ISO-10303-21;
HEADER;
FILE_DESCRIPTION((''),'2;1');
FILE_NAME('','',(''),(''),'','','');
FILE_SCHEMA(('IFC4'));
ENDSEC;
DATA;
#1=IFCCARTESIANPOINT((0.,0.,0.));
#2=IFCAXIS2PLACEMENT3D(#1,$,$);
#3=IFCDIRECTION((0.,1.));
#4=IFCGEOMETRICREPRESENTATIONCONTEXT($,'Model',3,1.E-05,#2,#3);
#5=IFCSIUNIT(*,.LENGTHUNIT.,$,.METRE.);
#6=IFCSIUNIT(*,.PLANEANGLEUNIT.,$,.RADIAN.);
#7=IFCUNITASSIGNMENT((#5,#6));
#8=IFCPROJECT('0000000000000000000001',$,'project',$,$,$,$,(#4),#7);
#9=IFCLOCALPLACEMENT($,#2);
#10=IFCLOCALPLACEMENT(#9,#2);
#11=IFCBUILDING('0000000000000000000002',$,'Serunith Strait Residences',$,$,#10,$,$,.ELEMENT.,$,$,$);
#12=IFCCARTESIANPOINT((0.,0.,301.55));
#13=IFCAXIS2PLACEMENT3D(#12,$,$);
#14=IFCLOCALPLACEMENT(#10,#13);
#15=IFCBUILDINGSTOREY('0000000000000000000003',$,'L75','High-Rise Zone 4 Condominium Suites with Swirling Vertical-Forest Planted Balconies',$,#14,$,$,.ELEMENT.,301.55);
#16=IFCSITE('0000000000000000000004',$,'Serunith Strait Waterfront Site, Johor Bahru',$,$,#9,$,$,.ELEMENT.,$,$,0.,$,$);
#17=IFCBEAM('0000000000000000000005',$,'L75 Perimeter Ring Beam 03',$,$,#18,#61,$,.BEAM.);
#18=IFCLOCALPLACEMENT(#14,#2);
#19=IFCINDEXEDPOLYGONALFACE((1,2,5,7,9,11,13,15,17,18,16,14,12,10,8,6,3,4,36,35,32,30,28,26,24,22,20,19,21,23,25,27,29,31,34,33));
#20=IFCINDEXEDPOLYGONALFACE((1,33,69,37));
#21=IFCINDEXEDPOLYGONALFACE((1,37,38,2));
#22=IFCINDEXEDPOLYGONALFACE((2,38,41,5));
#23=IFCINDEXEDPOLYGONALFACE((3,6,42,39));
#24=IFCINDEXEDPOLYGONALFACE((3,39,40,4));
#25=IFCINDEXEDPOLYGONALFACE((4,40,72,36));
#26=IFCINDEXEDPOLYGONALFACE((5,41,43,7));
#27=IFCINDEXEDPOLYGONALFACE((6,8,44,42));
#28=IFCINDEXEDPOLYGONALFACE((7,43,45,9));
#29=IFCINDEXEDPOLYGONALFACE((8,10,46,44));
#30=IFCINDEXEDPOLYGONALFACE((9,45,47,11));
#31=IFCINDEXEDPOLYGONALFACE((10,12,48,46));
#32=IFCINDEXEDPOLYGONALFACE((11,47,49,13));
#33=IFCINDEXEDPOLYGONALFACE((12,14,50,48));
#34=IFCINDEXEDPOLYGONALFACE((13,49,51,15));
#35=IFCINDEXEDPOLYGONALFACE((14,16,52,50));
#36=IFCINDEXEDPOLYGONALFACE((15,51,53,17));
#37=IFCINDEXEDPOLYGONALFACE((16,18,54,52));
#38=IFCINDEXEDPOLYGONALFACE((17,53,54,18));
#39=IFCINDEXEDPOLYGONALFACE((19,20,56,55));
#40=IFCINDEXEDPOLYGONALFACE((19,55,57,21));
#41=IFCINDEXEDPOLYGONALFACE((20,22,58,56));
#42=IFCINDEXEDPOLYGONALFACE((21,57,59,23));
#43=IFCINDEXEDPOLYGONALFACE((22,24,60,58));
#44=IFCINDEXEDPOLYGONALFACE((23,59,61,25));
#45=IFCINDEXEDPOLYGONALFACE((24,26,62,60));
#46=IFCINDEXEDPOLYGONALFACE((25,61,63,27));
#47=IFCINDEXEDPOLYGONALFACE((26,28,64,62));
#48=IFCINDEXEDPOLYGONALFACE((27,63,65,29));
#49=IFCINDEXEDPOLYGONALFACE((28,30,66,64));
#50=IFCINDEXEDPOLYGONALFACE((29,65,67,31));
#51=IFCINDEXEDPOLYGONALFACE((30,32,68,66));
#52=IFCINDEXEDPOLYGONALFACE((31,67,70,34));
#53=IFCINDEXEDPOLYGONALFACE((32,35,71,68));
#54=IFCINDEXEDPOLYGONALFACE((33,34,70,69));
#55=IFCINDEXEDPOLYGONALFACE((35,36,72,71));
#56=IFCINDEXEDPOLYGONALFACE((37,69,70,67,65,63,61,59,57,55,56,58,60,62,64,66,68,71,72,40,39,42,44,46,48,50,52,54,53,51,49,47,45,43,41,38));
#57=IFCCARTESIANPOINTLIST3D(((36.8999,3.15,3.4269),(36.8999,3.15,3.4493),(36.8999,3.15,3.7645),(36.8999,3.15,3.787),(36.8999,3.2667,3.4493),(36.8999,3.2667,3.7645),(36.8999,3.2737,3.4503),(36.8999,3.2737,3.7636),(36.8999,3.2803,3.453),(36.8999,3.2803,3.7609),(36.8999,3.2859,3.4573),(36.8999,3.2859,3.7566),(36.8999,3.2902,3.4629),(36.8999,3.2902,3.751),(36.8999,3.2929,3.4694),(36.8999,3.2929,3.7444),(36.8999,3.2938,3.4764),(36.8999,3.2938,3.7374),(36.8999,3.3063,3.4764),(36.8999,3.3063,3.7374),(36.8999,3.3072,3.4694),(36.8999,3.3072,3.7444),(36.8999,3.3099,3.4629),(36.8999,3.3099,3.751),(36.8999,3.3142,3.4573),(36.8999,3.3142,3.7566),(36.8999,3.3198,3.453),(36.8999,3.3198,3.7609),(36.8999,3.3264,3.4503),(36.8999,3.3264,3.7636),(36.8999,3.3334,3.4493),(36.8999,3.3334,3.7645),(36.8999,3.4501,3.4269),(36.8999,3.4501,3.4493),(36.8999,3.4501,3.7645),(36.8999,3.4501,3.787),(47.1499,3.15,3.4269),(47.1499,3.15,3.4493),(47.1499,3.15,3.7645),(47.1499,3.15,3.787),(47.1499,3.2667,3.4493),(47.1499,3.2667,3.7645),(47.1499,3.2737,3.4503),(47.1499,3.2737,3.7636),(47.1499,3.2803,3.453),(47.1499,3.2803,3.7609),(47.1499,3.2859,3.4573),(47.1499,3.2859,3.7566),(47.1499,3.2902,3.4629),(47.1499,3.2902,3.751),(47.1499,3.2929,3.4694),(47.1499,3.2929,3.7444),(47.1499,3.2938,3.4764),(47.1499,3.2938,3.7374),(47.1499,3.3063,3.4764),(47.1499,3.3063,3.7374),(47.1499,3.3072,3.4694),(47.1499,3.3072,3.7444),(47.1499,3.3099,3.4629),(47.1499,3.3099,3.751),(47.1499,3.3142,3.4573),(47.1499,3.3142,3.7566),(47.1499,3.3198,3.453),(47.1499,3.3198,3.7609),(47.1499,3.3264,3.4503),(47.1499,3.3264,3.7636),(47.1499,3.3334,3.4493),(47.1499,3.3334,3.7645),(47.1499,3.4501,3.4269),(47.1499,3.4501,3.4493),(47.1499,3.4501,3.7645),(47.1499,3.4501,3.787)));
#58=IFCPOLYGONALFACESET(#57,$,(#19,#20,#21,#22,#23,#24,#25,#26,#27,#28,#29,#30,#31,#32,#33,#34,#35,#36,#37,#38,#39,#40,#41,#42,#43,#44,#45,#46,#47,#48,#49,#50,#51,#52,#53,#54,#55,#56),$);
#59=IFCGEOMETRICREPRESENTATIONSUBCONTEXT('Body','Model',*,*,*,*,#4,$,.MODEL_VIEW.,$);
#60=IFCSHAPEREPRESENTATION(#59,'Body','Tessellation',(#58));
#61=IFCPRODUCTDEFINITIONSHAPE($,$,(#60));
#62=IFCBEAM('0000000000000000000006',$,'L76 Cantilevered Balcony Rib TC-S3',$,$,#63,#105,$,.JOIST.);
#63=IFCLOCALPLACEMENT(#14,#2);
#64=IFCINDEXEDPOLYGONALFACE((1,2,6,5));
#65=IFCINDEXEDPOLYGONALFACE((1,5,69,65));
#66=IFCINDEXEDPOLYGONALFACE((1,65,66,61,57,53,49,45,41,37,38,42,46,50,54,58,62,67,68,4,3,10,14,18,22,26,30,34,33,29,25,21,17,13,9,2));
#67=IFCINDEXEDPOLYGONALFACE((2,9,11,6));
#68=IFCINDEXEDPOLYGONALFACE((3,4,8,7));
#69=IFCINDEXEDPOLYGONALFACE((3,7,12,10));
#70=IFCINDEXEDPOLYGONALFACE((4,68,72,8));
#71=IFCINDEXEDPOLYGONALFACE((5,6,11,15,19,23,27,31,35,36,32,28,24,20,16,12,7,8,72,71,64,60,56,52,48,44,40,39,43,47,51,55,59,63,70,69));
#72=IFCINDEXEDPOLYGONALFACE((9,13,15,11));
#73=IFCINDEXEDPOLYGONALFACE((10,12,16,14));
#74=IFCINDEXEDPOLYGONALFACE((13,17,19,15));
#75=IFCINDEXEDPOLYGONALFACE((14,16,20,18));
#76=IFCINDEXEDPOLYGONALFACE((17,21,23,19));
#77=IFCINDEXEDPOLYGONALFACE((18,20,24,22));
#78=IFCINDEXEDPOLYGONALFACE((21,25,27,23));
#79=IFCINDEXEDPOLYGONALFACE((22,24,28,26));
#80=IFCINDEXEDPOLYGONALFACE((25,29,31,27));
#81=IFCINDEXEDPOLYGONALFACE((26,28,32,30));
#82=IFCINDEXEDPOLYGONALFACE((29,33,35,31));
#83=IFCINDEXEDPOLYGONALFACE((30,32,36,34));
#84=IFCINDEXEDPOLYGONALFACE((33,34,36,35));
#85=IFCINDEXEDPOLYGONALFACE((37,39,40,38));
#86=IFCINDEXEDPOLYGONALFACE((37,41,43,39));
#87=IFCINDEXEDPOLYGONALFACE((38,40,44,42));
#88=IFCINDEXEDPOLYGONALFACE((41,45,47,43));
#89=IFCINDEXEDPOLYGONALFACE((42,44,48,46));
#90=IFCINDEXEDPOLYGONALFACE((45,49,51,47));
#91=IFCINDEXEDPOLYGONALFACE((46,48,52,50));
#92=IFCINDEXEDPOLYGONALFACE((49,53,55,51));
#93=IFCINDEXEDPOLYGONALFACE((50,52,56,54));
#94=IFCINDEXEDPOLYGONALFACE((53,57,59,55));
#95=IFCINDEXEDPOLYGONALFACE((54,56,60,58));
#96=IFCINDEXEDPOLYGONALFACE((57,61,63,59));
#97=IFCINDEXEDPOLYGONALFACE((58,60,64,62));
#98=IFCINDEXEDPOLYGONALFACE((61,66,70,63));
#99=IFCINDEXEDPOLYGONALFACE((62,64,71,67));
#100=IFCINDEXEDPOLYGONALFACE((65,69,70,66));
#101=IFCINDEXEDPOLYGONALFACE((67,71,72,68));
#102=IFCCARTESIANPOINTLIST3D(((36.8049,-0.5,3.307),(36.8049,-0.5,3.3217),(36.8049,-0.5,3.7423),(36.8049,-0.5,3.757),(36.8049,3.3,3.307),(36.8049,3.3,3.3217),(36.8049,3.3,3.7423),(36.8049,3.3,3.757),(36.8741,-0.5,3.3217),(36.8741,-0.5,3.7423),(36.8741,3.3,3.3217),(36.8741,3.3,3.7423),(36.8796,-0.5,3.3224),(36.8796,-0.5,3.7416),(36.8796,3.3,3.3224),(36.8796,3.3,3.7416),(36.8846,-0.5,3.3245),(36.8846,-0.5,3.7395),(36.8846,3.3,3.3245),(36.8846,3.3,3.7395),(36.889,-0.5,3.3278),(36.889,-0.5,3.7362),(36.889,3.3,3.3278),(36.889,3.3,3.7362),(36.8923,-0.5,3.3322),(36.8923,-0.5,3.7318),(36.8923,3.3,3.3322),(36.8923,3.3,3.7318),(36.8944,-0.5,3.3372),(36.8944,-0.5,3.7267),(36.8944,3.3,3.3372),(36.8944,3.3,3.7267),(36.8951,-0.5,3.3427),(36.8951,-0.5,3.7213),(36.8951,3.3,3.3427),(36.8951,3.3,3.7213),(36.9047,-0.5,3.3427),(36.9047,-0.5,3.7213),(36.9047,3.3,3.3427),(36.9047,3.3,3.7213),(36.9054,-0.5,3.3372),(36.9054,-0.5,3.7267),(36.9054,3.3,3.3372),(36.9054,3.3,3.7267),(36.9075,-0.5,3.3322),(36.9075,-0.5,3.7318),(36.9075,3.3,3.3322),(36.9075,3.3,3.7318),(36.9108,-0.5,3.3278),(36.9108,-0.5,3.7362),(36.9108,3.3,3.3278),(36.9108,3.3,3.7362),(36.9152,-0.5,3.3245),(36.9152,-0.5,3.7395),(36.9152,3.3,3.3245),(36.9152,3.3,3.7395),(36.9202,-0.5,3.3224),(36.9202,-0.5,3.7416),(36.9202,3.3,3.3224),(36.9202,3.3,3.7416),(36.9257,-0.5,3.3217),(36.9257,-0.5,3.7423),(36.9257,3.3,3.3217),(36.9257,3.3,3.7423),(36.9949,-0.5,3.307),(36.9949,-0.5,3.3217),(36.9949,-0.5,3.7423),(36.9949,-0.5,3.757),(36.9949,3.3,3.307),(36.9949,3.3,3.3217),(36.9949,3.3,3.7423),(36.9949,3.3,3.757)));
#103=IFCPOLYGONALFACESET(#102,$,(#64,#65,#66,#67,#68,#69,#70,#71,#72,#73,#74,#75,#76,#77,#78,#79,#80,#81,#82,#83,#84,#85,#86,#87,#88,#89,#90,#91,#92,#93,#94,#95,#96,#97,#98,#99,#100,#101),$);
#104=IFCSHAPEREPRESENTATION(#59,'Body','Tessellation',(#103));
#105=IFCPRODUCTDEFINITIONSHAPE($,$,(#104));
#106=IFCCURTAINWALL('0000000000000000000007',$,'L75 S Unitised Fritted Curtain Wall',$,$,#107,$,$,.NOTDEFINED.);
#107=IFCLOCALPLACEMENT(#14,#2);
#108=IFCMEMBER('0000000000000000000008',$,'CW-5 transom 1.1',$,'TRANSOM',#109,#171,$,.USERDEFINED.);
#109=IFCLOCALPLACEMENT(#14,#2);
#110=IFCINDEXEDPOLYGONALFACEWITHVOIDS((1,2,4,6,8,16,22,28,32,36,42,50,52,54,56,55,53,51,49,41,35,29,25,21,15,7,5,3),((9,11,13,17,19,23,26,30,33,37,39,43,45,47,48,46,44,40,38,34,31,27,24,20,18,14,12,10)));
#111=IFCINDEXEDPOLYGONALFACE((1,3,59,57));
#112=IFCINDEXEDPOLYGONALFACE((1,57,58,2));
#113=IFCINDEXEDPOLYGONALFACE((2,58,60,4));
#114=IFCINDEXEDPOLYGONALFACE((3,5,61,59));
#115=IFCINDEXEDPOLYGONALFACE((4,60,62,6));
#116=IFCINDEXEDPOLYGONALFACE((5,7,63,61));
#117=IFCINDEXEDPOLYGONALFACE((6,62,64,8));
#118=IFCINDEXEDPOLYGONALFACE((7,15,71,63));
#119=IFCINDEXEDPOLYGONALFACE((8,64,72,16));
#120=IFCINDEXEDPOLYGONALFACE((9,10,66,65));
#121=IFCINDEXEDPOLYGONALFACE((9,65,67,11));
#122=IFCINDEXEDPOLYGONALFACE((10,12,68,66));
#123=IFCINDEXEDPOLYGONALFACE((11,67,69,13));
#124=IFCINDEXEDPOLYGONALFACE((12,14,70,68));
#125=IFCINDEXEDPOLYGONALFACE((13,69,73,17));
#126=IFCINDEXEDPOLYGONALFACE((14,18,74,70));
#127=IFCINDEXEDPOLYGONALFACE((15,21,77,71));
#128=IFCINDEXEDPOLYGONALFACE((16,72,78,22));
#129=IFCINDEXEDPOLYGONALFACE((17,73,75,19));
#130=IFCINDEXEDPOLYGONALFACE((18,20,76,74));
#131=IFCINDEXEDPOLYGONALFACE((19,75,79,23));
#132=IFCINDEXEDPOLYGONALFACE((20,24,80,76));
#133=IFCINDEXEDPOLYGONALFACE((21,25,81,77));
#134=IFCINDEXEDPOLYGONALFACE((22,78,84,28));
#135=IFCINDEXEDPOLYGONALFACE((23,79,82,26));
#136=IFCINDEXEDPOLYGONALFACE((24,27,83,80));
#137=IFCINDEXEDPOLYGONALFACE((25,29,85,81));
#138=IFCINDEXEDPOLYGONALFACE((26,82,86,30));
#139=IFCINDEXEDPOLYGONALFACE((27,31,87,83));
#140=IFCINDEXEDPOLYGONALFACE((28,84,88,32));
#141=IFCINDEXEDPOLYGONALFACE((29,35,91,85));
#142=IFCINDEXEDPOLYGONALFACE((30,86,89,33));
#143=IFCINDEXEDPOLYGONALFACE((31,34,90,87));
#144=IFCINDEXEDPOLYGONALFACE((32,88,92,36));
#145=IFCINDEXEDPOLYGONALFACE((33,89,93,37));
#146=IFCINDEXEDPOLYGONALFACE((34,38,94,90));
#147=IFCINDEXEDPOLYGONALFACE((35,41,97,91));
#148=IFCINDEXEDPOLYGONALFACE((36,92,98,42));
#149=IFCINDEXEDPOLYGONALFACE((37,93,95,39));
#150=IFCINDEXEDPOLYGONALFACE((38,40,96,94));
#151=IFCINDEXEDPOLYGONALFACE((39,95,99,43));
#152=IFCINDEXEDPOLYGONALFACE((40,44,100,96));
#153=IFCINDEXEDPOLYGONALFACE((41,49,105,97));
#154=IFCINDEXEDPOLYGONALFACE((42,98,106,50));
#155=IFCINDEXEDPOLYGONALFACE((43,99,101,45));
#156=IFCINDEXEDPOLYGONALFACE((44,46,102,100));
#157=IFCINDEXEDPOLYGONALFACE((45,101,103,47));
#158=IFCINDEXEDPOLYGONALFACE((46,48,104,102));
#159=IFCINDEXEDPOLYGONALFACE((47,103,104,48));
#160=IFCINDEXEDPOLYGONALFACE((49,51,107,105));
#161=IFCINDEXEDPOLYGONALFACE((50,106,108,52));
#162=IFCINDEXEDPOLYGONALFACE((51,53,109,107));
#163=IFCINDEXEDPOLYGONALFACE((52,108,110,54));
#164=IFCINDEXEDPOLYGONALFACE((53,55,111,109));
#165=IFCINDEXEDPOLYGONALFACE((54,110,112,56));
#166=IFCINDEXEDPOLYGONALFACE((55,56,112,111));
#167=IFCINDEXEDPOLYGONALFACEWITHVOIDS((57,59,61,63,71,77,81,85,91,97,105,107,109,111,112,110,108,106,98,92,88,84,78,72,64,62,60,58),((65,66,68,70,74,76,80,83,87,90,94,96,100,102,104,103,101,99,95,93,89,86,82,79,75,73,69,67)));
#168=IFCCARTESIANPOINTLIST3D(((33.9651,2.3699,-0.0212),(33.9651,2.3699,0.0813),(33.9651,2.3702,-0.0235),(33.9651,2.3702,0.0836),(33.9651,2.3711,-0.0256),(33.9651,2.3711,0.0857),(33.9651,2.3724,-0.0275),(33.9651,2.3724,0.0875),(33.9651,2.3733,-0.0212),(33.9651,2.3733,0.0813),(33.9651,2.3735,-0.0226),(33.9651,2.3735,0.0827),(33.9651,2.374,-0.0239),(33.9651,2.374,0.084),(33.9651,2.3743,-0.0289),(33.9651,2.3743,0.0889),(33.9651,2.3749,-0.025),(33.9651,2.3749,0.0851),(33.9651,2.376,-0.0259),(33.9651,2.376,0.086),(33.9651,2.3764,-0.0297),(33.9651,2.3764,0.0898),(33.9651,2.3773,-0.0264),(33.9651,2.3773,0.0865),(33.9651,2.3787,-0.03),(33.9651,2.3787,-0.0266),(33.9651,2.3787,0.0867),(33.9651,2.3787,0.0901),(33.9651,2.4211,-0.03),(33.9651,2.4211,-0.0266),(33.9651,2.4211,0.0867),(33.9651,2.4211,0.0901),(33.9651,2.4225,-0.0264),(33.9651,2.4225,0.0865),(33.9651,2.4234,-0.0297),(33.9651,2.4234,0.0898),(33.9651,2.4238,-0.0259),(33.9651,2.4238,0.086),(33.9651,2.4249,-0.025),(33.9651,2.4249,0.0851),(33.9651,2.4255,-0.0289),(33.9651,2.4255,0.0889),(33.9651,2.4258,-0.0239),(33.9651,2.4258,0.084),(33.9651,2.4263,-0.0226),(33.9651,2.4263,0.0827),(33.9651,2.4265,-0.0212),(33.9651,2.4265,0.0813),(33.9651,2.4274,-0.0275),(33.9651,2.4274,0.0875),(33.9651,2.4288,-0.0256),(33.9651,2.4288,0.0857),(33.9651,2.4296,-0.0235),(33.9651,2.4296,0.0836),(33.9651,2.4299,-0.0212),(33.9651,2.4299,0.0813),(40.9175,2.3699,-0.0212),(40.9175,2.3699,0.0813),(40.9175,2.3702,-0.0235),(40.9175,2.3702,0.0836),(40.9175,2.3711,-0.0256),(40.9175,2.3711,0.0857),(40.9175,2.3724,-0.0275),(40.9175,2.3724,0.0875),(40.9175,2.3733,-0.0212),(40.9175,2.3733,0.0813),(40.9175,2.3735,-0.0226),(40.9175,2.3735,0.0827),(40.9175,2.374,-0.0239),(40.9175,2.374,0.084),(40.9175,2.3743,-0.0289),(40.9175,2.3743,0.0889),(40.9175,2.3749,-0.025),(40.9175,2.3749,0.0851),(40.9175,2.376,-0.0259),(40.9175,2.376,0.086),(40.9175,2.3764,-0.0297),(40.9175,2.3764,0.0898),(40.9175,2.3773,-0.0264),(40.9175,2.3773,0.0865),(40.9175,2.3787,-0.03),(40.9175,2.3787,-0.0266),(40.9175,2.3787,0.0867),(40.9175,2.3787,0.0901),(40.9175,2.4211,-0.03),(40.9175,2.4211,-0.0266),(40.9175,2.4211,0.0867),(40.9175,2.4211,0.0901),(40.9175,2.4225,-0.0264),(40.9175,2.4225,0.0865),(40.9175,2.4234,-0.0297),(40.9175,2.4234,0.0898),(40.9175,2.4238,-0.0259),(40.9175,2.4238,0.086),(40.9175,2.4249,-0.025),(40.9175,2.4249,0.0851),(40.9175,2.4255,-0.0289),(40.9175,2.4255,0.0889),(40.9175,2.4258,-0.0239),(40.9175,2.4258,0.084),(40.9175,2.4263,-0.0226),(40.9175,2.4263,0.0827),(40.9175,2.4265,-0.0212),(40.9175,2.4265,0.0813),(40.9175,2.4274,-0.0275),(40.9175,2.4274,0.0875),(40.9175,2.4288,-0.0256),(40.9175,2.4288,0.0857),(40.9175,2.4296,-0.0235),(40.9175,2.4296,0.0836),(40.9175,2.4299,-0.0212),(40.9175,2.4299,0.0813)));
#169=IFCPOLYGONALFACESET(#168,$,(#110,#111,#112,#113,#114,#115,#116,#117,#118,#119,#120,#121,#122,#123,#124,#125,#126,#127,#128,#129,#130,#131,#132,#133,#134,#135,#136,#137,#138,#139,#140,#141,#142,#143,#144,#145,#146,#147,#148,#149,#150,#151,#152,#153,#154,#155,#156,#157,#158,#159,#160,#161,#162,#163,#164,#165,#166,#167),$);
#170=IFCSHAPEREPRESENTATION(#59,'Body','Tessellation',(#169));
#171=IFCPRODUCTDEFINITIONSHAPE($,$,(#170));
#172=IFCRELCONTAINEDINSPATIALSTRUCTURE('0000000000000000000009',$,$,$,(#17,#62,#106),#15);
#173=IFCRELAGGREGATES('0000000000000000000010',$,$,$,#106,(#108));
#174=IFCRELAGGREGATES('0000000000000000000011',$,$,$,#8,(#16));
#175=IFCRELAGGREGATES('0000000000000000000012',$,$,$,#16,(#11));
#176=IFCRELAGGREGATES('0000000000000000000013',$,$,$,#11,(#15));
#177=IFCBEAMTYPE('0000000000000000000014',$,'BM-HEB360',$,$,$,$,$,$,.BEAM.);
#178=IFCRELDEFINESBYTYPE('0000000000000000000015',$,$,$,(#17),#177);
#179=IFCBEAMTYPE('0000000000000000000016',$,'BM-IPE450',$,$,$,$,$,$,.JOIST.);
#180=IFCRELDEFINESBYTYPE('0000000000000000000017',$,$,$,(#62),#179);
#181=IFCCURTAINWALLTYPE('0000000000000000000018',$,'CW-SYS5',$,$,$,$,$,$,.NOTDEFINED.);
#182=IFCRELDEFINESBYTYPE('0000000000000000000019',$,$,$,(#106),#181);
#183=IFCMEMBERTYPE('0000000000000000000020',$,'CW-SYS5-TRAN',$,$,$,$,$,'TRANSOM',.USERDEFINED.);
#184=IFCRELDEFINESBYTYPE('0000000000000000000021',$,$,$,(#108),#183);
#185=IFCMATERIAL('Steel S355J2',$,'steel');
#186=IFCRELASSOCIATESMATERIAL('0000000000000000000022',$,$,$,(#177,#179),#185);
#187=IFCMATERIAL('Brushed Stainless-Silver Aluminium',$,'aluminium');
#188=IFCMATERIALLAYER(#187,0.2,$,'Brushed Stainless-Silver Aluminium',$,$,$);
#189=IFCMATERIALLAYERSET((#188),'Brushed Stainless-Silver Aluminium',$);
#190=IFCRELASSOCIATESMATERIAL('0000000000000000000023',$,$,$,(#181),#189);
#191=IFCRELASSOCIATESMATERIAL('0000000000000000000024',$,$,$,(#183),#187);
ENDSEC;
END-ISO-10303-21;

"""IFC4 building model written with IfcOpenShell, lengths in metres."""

from ifc_helpers import new_model, si_unit, direction, frame, origin, origin_2d, place, context, subcontext, project, spatial, hollow_rectangle, i_section, extrude, source, transform, mapped, material, layer, layer_set, material_profile, profile_set, type_object, element, aggregate, save


model = new_model("IFC4")

# Units and contexts
model_context = context("Model", 3, precision=1e-05, world=origin(), true_north=direction((0.0, 1.0)))
body_context = subcontext(model_context, "Body", "Model", "MODEL_VIEW")
ifc_project = project(units=[si_unit("LENGTHUNIT", "METRE"), si_unit("PLANEANGLEUNIT", "RADIAN")], contexts=[model_context])

# Site, building, storey
site_placement = place(None, origin())
site = spatial("IfcSite", under=ifc_project, at=site_placement, Name="Serunith Strait Waterfront Site, Johor Bahru", CompositionType="ELEMENT", RefElevation=0.0)
building_placement = place(site_placement, origin())
building = spatial("IfcBuilding", under=site, at=building_placement, Name="Serunith Strait Residences", CompositionType="ELEMENT")
storey_placement = place(building_placement, frame((0.0, 0.0, 301.55)))
storey = spatial("IfcBuildingStorey", under=building, at=storey_placement, Name="L75", Description="High-Rise Zone 4 Condominium Suites with Swirling Vertical-Forest Planted Balconies", CompositionType="ELEMENT", Elevation=301.55)

# Beams
ifc_material_1 = material(Name="Steel S355J2", Category="steel")
ifc_material_profile_1 = material_profile(ifc_material_1, i_section(OverallWidth=0.3, OverallDepth=0.3601, WebThickness=0.0125, FlangeThickness=0.0225, FilletRadius=0.0271, at=origin_2d()), Name="HEB 360")
ifc_profile_set_1 = profile_set([ifc_material_profile_1], Name="Steel S355J2")
beam_type_1 = type_object("IfcBeamType", Name="BM-HEB360", PredefinedType="BEAM", material=ifc_profile_set_1)
shared_shape_1 = source(origin(), body_context, "Body", "SweptSolid", [
    extrude(i_section(OverallWidth=0.3, OverallDepth=0.3601, WebThickness=0.0125, FlangeThickness=0.0225, FilletRadius=0.0271, at=origin_2d()), origin(), (0.0, 0.0, 1.0), 10.25),
])
beam_1_placement = place(storey_placement, frame((36.8999, 3.3, 3.6069), z_axis=(1.0, 0.0, 0.0), x_axis=(0.0, 1.0, 0.0)))
element("IfcBeam", 1, at=beam_1_placement, inside=storey, type_object=beam_type_1, Name="L75 Perimeter Ring Beam 03", PredefinedType="BEAM", context=body_context, shape_type="MappedRepresentation", body=[
    mapped(shared_shape_1, transform((0.0, 0.0, 0.0), scale=1.0)),
])
ifc_material_profile_2 = material_profile(ifc_material_1, i_section(OverallWidth=0.1899, OverallDepth=0.45, WebThickness=0.0095, FlangeThickness=0.0146, FilletRadius=0.021, at=origin_2d()), Name="IPE 450")
ifc_profile_set_2 = profile_set([ifc_material_profile_2], Name="Steel S355J2")
beam_type_2 = type_object("IfcBeamType", Name="BM-IPE450", PredefinedType="JOIST", material=ifc_profile_set_2)
shared_shape_2 = source(origin(), body_context, "Body", "SweptSolid", [
    extrude(i_section(OverallWidth=0.1899, OverallDepth=0.45, WebThickness=0.0095, FlangeThickness=0.0146, FilletRadius=0.021, at=origin_2d()), origin(), (0.0, 0.0, 1.0), 3.8),
])
beam_2_placement = place(storey_placement, frame((36.8999, 3.3, 3.532), z_axis=(0.0, -1.0, 0.0), x_axis=(1.0, 0.0, 0.0)))
element("IfcBeam", 2, at=beam_2_placement, inside=storey, type_object=beam_type_2, Name="L76 Cantilevered Balcony Rib TC-S3", PredefinedType="JOIST", context=body_context, shape_type="MappedRepresentation", body=[
    mapped(shared_shape_2, transform((0.0, 0.0, 0.0), scale=1.0)),
])

# Curtain wall, member
ifc_material_2 = material(Name="Brushed Stainless-Silver Aluminium", Category="aluminium")
ifc_layer_1 = layer(ifc_material_2, 0.2, Name="Brushed Stainless-Silver Aluminium")
ifc_layer_set_1 = layer_set([ifc_layer_1], Name="Brushed Stainless-Silver Aluminium")
curtain_wall_type = type_object("IfcCurtainWallType", Name="CW-SYS5", PredefinedType="NOTDEFINED", material=ifc_layer_set_1)
curtain_wall_placement = place(storey_placement, origin())
curtain_wall = element("IfcCurtainWall", 3, at=curtain_wall_placement, inside=storey, type_object=curtain_wall_type, Name="L75 S Unitised Fritted Curtain Wall", PredefinedType="NOTDEFINED")
ifc_material_profile_3 = material_profile(ifc_material_2, hollow_rectangle(XDim=0.0601, YDim=0.1201, WallThickness=0.0034, InnerFilletRadius=0.0054, OuterFilletRadius=0.0088, at=origin_2d()), Name="ALU 120x60x3.5")
ifc_profile_set_3 = profile_set([ifc_material_profile_3], Name="Brushed Stainless-Silver Aluminium")
member_type_1 = type_object("IfcMemberType", Name="CW-SYS5-TRAN", ElementType="TRANSOM", PredefinedType="USERDEFINED", material=ifc_profile_set_3)
shared_shape_3 = source(origin(), body_context, "Body", "SweptSolid", [
    extrude(hollow_rectangle(XDim=0.0601, YDim=0.1201, WallThickness=0.0034, InnerFilletRadius=0.0054, OuterFilletRadius=0.0088, at=origin_2d()), origin(), (0.0, 0.0, 1.0), 6.9524),
])
member_1_placement = place(storey_placement, frame((33.9651, 2.3999, 0.03), z_axis=(1.0, 0.0, 0.0), x_axis=(0.0, 1.0, 0.0)))
member_1 = element("IfcMember", 4, at=member_1_placement, type_object=member_type_1, Name="CW-5 transom 1.1", ObjectType="TRANSOM", PredefinedType="USERDEFINED", context=body_context, shape_type="MappedRepresentation", body=[
    mapped(shared_shape_3, transform((0.0, 0.0, 0.0), scale=1.0)),
])
aggregate(curtain_wall, [member_1])

save(model, "model.ifc")
